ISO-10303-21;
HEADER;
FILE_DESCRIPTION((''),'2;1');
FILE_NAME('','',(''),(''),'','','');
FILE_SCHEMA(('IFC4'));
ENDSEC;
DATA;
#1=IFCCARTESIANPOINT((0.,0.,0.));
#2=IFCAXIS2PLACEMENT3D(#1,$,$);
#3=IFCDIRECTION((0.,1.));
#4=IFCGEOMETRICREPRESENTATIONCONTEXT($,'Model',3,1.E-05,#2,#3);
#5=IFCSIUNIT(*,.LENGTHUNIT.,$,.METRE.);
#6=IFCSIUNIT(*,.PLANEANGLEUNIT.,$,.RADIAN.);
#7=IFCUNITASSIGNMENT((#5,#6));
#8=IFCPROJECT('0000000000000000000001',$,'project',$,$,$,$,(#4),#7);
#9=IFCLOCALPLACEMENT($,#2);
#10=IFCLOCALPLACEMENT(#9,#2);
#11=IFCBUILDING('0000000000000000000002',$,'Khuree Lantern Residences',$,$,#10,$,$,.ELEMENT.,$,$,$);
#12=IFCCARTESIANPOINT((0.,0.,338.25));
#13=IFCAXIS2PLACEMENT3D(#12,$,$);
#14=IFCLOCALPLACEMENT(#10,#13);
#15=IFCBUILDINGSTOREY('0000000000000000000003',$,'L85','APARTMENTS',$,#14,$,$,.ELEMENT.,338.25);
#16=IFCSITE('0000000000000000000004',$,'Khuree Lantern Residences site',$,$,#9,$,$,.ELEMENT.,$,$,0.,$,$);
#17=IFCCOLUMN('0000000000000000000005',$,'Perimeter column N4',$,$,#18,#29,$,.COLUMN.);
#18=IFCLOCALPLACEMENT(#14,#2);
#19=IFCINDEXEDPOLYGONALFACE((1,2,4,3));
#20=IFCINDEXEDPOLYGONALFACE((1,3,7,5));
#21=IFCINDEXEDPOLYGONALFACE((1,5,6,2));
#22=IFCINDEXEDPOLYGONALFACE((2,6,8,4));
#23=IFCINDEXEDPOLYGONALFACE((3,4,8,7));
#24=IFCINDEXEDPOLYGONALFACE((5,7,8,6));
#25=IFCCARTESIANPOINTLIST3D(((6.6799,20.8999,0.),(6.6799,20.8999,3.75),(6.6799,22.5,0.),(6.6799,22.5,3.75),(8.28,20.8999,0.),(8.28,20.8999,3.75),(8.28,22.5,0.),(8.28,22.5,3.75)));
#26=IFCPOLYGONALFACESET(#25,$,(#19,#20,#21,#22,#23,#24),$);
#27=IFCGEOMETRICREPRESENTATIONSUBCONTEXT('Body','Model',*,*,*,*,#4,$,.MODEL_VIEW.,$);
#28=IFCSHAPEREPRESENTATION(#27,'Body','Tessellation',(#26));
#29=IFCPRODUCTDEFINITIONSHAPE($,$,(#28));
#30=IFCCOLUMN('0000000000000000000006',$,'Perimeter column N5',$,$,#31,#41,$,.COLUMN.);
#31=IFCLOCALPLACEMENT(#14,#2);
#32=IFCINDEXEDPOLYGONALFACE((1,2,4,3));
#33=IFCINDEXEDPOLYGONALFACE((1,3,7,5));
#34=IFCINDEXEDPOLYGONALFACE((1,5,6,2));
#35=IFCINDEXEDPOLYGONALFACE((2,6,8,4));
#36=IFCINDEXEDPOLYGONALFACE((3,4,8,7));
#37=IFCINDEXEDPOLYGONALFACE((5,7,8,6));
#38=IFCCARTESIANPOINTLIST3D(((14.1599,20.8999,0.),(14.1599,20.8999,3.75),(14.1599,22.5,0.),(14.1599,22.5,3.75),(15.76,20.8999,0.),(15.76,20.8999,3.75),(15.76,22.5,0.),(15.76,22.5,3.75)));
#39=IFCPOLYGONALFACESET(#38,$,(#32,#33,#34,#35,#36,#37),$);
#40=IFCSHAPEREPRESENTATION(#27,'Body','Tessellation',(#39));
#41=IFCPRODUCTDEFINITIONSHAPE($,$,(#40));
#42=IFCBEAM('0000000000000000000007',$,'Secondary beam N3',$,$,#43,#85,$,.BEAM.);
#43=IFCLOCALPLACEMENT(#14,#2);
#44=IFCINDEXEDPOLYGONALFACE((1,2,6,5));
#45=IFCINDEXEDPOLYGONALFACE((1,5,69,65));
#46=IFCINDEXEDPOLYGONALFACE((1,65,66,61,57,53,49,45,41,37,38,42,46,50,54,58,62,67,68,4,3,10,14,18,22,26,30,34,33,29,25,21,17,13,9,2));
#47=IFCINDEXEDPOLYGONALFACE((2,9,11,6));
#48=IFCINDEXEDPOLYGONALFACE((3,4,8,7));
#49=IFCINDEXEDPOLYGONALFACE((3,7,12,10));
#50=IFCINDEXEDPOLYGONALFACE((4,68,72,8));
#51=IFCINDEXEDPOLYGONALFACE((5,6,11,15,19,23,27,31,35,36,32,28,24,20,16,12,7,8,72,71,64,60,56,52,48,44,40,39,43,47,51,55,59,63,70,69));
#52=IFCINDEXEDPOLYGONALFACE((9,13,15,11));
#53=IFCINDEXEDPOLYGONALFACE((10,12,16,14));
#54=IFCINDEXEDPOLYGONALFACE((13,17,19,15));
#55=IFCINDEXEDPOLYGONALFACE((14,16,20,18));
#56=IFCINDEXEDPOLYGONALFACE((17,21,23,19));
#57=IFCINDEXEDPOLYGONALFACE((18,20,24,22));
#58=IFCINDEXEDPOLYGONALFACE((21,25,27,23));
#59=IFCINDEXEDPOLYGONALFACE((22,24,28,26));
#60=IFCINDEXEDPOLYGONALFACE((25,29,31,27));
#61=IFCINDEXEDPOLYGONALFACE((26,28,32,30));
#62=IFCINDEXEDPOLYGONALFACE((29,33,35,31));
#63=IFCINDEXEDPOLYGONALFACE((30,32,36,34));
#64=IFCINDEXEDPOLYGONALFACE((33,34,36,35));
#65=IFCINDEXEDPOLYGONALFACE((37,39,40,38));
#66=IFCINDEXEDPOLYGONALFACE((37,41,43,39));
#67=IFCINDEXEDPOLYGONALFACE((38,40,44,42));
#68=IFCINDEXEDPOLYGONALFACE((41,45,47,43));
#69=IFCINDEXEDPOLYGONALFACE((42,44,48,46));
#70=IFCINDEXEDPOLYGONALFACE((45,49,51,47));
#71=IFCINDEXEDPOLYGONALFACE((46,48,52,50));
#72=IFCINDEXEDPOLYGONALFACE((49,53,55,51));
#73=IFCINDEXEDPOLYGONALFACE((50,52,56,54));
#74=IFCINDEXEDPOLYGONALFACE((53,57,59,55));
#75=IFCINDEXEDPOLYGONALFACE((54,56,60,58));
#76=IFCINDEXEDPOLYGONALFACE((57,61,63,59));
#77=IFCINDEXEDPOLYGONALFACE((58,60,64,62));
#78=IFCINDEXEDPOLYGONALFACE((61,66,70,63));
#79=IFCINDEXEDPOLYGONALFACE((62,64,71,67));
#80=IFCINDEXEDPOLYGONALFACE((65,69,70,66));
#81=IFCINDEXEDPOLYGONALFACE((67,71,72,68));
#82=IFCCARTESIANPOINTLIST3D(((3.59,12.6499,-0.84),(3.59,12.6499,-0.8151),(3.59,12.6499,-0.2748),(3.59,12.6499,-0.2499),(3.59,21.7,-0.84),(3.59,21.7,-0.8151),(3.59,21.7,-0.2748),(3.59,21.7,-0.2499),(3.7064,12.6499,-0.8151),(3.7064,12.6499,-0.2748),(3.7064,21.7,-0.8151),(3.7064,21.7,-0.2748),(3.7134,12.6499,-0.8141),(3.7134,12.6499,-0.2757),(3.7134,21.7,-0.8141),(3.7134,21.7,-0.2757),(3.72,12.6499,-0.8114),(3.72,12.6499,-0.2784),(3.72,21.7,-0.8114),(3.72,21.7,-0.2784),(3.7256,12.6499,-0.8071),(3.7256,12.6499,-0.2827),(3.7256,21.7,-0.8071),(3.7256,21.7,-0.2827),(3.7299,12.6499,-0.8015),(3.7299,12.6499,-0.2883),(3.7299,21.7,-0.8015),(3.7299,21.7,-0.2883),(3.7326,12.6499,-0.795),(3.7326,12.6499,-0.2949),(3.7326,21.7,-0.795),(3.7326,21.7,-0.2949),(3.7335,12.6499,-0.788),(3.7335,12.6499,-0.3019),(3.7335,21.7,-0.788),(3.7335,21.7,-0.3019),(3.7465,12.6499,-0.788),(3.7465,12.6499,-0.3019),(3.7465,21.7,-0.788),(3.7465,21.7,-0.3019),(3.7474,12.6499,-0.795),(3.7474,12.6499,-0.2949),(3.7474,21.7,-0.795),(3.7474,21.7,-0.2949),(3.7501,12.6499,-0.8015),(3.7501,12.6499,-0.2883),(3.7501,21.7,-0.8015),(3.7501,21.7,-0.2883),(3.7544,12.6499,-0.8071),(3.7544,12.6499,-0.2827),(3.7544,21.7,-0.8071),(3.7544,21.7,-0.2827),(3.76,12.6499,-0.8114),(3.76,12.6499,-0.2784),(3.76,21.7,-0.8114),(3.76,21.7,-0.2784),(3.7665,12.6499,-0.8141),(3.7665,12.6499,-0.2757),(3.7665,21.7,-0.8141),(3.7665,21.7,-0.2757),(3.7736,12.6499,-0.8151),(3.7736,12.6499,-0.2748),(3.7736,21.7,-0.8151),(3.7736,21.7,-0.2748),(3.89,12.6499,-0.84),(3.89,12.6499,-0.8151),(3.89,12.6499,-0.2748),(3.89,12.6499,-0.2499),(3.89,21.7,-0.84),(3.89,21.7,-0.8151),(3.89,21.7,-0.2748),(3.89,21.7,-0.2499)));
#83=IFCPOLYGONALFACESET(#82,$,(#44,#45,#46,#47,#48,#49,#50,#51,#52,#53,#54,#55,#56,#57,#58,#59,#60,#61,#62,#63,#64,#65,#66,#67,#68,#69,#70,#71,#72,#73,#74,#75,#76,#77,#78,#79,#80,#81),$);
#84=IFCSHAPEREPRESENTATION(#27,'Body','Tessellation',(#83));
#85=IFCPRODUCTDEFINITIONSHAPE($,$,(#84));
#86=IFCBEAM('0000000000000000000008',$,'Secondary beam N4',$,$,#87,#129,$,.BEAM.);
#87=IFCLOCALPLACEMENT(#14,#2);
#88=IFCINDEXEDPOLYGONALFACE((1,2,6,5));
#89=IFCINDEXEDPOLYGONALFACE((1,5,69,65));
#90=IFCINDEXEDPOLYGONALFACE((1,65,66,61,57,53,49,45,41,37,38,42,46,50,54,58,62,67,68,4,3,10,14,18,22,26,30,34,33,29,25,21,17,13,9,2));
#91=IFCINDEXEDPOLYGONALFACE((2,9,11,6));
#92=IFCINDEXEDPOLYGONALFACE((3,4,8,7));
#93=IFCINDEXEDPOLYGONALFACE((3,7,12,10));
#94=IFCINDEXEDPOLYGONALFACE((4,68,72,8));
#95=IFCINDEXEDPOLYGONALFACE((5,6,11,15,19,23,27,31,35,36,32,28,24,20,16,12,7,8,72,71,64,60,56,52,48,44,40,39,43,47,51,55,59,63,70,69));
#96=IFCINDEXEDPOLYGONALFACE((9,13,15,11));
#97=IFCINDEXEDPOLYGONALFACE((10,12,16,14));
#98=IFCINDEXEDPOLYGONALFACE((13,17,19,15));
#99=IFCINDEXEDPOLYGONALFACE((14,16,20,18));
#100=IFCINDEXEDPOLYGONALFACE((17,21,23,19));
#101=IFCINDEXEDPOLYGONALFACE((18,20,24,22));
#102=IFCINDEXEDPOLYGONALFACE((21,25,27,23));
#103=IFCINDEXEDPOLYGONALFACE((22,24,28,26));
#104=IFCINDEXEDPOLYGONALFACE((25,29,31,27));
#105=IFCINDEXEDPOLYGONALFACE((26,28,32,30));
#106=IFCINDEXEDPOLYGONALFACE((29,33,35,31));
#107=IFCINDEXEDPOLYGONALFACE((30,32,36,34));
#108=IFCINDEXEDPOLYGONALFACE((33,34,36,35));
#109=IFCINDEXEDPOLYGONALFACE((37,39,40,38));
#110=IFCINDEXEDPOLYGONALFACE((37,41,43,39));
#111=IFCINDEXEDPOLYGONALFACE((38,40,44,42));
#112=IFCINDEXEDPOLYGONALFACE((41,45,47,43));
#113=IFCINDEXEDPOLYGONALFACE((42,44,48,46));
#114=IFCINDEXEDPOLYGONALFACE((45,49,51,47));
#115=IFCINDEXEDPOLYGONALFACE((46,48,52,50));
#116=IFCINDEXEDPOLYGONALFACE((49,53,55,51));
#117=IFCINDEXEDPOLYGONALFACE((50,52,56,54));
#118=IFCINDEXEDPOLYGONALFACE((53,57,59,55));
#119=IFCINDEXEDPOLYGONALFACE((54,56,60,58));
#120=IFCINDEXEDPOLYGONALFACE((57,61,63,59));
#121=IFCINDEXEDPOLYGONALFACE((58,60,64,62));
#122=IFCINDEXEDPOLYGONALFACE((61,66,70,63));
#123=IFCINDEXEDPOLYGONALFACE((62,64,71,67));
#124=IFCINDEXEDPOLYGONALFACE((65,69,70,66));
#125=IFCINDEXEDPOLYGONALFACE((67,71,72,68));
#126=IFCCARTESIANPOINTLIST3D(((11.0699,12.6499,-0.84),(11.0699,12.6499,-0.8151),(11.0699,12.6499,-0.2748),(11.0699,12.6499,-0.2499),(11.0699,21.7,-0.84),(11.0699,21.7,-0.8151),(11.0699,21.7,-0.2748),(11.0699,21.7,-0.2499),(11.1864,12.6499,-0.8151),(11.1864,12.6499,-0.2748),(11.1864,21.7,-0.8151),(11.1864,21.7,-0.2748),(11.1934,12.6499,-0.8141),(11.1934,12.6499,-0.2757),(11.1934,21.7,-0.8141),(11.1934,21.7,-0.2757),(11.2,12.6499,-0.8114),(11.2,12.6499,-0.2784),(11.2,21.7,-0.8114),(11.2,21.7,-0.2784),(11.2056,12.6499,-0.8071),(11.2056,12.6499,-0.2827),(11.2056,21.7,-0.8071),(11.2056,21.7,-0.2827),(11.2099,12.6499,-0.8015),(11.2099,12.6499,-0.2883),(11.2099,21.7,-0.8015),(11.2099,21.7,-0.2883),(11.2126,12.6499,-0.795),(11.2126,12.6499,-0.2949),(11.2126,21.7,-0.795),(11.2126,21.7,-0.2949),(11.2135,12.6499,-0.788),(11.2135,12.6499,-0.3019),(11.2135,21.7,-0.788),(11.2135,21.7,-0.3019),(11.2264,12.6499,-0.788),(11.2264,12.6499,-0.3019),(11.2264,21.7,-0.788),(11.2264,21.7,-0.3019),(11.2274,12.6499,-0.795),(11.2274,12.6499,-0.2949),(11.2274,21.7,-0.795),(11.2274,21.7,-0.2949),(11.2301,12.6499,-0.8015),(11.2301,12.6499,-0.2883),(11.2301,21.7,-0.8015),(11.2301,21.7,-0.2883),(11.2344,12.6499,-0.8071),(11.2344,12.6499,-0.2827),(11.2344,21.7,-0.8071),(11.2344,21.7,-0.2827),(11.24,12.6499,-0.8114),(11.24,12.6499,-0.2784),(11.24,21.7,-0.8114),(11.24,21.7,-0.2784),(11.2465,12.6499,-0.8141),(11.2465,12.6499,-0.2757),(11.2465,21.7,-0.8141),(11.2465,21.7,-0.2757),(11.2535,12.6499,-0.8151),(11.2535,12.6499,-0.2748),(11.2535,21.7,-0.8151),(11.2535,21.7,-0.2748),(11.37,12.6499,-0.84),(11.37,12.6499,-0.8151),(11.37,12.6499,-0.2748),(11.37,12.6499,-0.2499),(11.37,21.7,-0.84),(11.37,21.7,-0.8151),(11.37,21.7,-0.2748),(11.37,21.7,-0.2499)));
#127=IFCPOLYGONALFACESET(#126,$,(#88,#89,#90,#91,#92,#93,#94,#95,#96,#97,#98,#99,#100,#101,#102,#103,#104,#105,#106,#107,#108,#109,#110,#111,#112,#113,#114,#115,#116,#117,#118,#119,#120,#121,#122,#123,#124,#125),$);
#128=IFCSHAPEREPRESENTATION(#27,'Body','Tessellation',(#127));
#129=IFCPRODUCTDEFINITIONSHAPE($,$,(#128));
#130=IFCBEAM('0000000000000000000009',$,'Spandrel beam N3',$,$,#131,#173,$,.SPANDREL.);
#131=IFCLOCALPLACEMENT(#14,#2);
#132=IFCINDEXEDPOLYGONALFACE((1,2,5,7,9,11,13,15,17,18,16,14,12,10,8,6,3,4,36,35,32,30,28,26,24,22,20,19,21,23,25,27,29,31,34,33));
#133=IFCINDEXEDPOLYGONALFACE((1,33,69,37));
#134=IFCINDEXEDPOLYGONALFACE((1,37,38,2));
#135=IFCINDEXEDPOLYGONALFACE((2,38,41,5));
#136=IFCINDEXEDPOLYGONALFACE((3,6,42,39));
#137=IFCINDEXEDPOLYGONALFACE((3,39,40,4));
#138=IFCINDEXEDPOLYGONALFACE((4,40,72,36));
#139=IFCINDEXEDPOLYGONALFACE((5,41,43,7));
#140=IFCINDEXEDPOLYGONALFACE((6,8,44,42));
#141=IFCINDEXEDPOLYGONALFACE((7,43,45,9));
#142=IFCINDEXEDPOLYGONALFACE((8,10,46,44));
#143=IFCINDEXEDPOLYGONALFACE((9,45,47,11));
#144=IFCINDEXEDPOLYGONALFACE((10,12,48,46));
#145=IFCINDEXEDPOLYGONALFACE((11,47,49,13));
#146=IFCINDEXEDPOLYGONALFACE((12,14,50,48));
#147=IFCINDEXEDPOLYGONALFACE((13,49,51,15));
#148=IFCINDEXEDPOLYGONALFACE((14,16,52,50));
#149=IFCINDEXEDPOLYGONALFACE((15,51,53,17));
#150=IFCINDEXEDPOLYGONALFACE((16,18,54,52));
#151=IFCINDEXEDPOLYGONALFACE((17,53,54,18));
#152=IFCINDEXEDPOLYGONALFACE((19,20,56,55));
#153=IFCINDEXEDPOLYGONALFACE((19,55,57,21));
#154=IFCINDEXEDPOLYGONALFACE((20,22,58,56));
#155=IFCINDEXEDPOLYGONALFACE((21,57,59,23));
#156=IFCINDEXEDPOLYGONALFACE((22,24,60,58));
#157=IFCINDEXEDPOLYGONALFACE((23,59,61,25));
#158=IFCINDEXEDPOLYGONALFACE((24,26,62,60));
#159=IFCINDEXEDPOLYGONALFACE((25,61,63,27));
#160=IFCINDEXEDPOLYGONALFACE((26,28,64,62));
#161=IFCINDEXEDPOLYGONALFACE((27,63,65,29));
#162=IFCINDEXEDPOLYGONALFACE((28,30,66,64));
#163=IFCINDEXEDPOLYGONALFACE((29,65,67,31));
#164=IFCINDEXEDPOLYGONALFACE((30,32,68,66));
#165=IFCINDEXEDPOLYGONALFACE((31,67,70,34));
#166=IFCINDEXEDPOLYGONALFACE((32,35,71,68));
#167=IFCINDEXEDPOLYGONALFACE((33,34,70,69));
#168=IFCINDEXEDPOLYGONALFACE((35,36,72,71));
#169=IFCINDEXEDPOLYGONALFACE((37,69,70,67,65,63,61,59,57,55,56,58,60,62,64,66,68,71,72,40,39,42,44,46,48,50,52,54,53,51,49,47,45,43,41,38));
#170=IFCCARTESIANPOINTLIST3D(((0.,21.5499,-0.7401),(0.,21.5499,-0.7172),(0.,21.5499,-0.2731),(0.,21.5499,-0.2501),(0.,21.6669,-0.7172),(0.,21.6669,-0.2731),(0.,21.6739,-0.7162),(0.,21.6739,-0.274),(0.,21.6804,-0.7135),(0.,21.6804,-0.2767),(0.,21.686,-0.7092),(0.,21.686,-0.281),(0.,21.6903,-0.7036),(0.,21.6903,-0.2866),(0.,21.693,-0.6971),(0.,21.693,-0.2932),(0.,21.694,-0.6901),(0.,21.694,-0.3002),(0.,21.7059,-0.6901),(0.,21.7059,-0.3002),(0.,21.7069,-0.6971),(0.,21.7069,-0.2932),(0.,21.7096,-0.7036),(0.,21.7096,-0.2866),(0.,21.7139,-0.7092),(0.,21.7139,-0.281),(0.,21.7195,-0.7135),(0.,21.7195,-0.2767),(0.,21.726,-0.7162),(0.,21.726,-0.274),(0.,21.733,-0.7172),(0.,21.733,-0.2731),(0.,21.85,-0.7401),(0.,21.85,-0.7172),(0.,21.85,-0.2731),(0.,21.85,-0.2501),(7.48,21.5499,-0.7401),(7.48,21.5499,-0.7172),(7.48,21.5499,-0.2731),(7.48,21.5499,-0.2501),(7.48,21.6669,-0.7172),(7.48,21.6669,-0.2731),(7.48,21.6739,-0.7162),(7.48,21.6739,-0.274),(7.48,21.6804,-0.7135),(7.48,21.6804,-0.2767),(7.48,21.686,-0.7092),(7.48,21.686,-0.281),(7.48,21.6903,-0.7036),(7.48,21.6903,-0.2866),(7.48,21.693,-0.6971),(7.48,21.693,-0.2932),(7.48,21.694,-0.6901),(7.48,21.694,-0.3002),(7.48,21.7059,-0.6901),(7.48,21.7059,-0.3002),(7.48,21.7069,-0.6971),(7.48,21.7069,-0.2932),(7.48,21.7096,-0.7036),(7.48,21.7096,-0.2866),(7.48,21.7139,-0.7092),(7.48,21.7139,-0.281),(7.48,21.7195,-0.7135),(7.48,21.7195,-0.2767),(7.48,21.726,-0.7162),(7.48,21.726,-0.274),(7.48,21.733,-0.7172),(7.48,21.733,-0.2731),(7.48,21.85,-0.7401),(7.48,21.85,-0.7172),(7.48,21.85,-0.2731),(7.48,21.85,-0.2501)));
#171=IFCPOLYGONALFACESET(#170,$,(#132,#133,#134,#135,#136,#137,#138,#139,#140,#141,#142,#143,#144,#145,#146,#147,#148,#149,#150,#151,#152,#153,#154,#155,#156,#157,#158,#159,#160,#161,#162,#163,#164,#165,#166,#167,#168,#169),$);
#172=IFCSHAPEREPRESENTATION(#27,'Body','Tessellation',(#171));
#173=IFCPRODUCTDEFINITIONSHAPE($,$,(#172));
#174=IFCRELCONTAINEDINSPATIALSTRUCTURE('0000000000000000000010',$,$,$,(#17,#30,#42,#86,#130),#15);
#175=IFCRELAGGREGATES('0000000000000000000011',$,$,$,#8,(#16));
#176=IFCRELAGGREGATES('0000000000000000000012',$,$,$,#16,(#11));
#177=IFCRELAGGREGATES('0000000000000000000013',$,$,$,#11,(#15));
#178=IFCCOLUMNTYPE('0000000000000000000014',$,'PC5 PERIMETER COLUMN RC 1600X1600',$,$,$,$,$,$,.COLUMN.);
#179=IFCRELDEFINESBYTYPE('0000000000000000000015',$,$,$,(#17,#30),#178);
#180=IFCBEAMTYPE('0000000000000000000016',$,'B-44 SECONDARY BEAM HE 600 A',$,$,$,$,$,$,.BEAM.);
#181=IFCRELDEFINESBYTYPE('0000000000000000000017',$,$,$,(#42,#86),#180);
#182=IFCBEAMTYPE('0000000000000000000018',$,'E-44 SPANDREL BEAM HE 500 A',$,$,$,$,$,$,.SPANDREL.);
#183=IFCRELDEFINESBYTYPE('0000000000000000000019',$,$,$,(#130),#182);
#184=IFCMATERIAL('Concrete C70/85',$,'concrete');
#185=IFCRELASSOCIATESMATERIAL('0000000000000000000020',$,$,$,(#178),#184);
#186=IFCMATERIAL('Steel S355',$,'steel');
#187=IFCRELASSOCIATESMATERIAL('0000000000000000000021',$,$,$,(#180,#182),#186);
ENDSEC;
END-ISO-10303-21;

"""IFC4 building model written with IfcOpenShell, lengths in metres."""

from ifc_helpers import new_model, si_unit, direction, frame, origin, origin_2d, place, context, subcontext, project, spatial, rectangle, i_section, extrude, material, material_profile, profile_set, type_object, element, save


model = new_model("IFC4")

# Units and contexts
model_context = context("Model", 3, precision=1e-05, world=origin(), true_north=direction((0.0, 1.0)))
body_context = subcontext(model_context, "Body", "Model", "MODEL_VIEW")
ifc_project = project(units=[si_unit("LENGTHUNIT", "METRE"), si_unit("PLANEANGLEUNIT", "RADIAN")], contexts=[model_context])

# Site, building, storey
site_placement = place(None, origin())
site = spatial("IfcSite", under=ifc_project, at=site_placement, Name="Khuree Lantern Residences site", CompositionType="ELEMENT", RefElevation=0.0)
building_placement = place(site_placement, origin())
building = spatial("IfcBuilding", under=site, at=building_placement, Name="Khuree Lantern Residences", CompositionType="ELEMENT")
storey_placement = place(building_placement, frame((0.0, 0.0, 338.25)))
storey = spatial("IfcBuildingStorey", under=building, at=storey_placement, Name="L85", Description="APARTMENTS", CompositionType="ELEMENT", Elevation=338.25)

# Columns
ifc_material_1 = material(Name="Concrete C70/85", Category="concrete")
ifc_material_profile_1 = material_profile(ifc_material_1, rectangle(XDim=1.6001, YDim=1.6001, at=origin_2d()), Name="RC 1600X1600")
ifc_profile_set_1 = profile_set([ifc_material_profile_1], Name="Concrete C70/85")
column_type = type_object("IfcColumnType", Name="PC5 PERIMETER COLUMN RC 1600X1600", PredefinedType="COLUMN", material=ifc_profile_set_1)
for number, where, z_axis, x_axis, name in (
    (1, (7.48, 21.7, 0.0), (0.0, 0.0, 1.0), (1.0, 0.0, 0.0), "Perimeter column N4"),
    (2, (14.96, 21.7, 0.0), (0.0, 0.0, 1.0), (1.0, 0.0, 0.0), "Perimeter column N5"),
):
    element("IfcColumn", number, at=place(storey_placement, frame(where, z_axis=z_axis, x_axis=x_axis)), inside=storey, type_object=column_type, Name=name, PredefinedType="COLUMN", context=body_context, shape_type="SweptSolid", body=[
        extrude(rectangle(XDim=1.6001, YDim=1.6001, at=origin_2d()), origin(), (0.0, 0.0, 1.0), 3.75),
    ])

# Beams
ifc_material_2 = material(Name="Steel S355", Category="steel")
ifc_material_profile_2 = material_profile(ifc_material_2, i_section(OverallWidth=0.3, OverallDepth=0.5901, WebThickness=0.0129, FlangeThickness=0.0249, FilletRadius=0.0271, at=origin_2d()), Name="HE 600 A")
ifc_profile_set_2 = profile_set([ifc_material_profile_2], Name="Steel S355")
beam_type_1 = type_object("IfcBeamType", Name="B-44 SECONDARY BEAM HE 600 A", PredefinedType="BEAM", material=ifc_profile_set_2)
for number, where, z_axis, x_axis, name in (
    (3, (3.74, 21.7, -0.5449), (0.0, -1.0, 0.0), (1.0, 0.0, 0.0), "Secondary beam N3"),
    (4, (11.22, 21.7, -0.5449), (0.0, -1.0, 0.0), (1.0, 0.0, 0.0), "Secondary beam N4"),
):
    element("IfcBeam", number, at=place(storey_placement, frame(where, z_axis=z_axis, x_axis=x_axis)), inside=storey, type_object=beam_type_1, Name=name, PredefinedType="BEAM", context=body_context, shape_type="SweptSolid", body=[
        extrude(i_section(OverallWidth=0.3, OverallDepth=0.5901, WebThickness=0.0129, FlangeThickness=0.0249, FilletRadius=0.0271, at=origin_2d()), origin(), (0.0, 0.0, 1.0), 9.05),
    ])
ifc_material_profile_3 = material_profile(ifc_material_2, i_section(OverallWidth=0.3, OverallDepth=0.49, WebThickness=0.012, FlangeThickness=0.0229, FilletRadius=0.0271, at=origin_2d()), Name="HE 500 A")
ifc_profile_set_3 = profile_set([ifc_material_profile_3], Name="Steel S355")
beam_type_2 = type_object("IfcBeamType", Name="E-44 SPANDREL BEAM HE 500 A", PredefinedType="SPANDREL", material=ifc_profile_set_3)
for number, where, z_axis, x_axis, name in (
    (5, (0.0, 21.7, -0.4951), (1.0, 0.0, 0.0), (0.0, 1.0, 0.0), "Spandrel beam N3"),
):
    element("IfcBeam", number, at=place(storey_placement, frame(where, z_axis=z_axis, x_axis=x_axis)), inside=storey, type_object=beam_type_2, Name=name, PredefinedType="SPANDREL", context=body_context, shape_type="SweptSolid", body=[
        extrude(i_section(OverallWidth=0.3, OverallDepth=0.49, WebThickness=0.012, FlangeThickness=0.0229, FilletRadius=0.0271, at=origin_2d()), origin(), (0.0, 0.0, 1.0), 7.48),
    ])

save(model, "model.ifc")
